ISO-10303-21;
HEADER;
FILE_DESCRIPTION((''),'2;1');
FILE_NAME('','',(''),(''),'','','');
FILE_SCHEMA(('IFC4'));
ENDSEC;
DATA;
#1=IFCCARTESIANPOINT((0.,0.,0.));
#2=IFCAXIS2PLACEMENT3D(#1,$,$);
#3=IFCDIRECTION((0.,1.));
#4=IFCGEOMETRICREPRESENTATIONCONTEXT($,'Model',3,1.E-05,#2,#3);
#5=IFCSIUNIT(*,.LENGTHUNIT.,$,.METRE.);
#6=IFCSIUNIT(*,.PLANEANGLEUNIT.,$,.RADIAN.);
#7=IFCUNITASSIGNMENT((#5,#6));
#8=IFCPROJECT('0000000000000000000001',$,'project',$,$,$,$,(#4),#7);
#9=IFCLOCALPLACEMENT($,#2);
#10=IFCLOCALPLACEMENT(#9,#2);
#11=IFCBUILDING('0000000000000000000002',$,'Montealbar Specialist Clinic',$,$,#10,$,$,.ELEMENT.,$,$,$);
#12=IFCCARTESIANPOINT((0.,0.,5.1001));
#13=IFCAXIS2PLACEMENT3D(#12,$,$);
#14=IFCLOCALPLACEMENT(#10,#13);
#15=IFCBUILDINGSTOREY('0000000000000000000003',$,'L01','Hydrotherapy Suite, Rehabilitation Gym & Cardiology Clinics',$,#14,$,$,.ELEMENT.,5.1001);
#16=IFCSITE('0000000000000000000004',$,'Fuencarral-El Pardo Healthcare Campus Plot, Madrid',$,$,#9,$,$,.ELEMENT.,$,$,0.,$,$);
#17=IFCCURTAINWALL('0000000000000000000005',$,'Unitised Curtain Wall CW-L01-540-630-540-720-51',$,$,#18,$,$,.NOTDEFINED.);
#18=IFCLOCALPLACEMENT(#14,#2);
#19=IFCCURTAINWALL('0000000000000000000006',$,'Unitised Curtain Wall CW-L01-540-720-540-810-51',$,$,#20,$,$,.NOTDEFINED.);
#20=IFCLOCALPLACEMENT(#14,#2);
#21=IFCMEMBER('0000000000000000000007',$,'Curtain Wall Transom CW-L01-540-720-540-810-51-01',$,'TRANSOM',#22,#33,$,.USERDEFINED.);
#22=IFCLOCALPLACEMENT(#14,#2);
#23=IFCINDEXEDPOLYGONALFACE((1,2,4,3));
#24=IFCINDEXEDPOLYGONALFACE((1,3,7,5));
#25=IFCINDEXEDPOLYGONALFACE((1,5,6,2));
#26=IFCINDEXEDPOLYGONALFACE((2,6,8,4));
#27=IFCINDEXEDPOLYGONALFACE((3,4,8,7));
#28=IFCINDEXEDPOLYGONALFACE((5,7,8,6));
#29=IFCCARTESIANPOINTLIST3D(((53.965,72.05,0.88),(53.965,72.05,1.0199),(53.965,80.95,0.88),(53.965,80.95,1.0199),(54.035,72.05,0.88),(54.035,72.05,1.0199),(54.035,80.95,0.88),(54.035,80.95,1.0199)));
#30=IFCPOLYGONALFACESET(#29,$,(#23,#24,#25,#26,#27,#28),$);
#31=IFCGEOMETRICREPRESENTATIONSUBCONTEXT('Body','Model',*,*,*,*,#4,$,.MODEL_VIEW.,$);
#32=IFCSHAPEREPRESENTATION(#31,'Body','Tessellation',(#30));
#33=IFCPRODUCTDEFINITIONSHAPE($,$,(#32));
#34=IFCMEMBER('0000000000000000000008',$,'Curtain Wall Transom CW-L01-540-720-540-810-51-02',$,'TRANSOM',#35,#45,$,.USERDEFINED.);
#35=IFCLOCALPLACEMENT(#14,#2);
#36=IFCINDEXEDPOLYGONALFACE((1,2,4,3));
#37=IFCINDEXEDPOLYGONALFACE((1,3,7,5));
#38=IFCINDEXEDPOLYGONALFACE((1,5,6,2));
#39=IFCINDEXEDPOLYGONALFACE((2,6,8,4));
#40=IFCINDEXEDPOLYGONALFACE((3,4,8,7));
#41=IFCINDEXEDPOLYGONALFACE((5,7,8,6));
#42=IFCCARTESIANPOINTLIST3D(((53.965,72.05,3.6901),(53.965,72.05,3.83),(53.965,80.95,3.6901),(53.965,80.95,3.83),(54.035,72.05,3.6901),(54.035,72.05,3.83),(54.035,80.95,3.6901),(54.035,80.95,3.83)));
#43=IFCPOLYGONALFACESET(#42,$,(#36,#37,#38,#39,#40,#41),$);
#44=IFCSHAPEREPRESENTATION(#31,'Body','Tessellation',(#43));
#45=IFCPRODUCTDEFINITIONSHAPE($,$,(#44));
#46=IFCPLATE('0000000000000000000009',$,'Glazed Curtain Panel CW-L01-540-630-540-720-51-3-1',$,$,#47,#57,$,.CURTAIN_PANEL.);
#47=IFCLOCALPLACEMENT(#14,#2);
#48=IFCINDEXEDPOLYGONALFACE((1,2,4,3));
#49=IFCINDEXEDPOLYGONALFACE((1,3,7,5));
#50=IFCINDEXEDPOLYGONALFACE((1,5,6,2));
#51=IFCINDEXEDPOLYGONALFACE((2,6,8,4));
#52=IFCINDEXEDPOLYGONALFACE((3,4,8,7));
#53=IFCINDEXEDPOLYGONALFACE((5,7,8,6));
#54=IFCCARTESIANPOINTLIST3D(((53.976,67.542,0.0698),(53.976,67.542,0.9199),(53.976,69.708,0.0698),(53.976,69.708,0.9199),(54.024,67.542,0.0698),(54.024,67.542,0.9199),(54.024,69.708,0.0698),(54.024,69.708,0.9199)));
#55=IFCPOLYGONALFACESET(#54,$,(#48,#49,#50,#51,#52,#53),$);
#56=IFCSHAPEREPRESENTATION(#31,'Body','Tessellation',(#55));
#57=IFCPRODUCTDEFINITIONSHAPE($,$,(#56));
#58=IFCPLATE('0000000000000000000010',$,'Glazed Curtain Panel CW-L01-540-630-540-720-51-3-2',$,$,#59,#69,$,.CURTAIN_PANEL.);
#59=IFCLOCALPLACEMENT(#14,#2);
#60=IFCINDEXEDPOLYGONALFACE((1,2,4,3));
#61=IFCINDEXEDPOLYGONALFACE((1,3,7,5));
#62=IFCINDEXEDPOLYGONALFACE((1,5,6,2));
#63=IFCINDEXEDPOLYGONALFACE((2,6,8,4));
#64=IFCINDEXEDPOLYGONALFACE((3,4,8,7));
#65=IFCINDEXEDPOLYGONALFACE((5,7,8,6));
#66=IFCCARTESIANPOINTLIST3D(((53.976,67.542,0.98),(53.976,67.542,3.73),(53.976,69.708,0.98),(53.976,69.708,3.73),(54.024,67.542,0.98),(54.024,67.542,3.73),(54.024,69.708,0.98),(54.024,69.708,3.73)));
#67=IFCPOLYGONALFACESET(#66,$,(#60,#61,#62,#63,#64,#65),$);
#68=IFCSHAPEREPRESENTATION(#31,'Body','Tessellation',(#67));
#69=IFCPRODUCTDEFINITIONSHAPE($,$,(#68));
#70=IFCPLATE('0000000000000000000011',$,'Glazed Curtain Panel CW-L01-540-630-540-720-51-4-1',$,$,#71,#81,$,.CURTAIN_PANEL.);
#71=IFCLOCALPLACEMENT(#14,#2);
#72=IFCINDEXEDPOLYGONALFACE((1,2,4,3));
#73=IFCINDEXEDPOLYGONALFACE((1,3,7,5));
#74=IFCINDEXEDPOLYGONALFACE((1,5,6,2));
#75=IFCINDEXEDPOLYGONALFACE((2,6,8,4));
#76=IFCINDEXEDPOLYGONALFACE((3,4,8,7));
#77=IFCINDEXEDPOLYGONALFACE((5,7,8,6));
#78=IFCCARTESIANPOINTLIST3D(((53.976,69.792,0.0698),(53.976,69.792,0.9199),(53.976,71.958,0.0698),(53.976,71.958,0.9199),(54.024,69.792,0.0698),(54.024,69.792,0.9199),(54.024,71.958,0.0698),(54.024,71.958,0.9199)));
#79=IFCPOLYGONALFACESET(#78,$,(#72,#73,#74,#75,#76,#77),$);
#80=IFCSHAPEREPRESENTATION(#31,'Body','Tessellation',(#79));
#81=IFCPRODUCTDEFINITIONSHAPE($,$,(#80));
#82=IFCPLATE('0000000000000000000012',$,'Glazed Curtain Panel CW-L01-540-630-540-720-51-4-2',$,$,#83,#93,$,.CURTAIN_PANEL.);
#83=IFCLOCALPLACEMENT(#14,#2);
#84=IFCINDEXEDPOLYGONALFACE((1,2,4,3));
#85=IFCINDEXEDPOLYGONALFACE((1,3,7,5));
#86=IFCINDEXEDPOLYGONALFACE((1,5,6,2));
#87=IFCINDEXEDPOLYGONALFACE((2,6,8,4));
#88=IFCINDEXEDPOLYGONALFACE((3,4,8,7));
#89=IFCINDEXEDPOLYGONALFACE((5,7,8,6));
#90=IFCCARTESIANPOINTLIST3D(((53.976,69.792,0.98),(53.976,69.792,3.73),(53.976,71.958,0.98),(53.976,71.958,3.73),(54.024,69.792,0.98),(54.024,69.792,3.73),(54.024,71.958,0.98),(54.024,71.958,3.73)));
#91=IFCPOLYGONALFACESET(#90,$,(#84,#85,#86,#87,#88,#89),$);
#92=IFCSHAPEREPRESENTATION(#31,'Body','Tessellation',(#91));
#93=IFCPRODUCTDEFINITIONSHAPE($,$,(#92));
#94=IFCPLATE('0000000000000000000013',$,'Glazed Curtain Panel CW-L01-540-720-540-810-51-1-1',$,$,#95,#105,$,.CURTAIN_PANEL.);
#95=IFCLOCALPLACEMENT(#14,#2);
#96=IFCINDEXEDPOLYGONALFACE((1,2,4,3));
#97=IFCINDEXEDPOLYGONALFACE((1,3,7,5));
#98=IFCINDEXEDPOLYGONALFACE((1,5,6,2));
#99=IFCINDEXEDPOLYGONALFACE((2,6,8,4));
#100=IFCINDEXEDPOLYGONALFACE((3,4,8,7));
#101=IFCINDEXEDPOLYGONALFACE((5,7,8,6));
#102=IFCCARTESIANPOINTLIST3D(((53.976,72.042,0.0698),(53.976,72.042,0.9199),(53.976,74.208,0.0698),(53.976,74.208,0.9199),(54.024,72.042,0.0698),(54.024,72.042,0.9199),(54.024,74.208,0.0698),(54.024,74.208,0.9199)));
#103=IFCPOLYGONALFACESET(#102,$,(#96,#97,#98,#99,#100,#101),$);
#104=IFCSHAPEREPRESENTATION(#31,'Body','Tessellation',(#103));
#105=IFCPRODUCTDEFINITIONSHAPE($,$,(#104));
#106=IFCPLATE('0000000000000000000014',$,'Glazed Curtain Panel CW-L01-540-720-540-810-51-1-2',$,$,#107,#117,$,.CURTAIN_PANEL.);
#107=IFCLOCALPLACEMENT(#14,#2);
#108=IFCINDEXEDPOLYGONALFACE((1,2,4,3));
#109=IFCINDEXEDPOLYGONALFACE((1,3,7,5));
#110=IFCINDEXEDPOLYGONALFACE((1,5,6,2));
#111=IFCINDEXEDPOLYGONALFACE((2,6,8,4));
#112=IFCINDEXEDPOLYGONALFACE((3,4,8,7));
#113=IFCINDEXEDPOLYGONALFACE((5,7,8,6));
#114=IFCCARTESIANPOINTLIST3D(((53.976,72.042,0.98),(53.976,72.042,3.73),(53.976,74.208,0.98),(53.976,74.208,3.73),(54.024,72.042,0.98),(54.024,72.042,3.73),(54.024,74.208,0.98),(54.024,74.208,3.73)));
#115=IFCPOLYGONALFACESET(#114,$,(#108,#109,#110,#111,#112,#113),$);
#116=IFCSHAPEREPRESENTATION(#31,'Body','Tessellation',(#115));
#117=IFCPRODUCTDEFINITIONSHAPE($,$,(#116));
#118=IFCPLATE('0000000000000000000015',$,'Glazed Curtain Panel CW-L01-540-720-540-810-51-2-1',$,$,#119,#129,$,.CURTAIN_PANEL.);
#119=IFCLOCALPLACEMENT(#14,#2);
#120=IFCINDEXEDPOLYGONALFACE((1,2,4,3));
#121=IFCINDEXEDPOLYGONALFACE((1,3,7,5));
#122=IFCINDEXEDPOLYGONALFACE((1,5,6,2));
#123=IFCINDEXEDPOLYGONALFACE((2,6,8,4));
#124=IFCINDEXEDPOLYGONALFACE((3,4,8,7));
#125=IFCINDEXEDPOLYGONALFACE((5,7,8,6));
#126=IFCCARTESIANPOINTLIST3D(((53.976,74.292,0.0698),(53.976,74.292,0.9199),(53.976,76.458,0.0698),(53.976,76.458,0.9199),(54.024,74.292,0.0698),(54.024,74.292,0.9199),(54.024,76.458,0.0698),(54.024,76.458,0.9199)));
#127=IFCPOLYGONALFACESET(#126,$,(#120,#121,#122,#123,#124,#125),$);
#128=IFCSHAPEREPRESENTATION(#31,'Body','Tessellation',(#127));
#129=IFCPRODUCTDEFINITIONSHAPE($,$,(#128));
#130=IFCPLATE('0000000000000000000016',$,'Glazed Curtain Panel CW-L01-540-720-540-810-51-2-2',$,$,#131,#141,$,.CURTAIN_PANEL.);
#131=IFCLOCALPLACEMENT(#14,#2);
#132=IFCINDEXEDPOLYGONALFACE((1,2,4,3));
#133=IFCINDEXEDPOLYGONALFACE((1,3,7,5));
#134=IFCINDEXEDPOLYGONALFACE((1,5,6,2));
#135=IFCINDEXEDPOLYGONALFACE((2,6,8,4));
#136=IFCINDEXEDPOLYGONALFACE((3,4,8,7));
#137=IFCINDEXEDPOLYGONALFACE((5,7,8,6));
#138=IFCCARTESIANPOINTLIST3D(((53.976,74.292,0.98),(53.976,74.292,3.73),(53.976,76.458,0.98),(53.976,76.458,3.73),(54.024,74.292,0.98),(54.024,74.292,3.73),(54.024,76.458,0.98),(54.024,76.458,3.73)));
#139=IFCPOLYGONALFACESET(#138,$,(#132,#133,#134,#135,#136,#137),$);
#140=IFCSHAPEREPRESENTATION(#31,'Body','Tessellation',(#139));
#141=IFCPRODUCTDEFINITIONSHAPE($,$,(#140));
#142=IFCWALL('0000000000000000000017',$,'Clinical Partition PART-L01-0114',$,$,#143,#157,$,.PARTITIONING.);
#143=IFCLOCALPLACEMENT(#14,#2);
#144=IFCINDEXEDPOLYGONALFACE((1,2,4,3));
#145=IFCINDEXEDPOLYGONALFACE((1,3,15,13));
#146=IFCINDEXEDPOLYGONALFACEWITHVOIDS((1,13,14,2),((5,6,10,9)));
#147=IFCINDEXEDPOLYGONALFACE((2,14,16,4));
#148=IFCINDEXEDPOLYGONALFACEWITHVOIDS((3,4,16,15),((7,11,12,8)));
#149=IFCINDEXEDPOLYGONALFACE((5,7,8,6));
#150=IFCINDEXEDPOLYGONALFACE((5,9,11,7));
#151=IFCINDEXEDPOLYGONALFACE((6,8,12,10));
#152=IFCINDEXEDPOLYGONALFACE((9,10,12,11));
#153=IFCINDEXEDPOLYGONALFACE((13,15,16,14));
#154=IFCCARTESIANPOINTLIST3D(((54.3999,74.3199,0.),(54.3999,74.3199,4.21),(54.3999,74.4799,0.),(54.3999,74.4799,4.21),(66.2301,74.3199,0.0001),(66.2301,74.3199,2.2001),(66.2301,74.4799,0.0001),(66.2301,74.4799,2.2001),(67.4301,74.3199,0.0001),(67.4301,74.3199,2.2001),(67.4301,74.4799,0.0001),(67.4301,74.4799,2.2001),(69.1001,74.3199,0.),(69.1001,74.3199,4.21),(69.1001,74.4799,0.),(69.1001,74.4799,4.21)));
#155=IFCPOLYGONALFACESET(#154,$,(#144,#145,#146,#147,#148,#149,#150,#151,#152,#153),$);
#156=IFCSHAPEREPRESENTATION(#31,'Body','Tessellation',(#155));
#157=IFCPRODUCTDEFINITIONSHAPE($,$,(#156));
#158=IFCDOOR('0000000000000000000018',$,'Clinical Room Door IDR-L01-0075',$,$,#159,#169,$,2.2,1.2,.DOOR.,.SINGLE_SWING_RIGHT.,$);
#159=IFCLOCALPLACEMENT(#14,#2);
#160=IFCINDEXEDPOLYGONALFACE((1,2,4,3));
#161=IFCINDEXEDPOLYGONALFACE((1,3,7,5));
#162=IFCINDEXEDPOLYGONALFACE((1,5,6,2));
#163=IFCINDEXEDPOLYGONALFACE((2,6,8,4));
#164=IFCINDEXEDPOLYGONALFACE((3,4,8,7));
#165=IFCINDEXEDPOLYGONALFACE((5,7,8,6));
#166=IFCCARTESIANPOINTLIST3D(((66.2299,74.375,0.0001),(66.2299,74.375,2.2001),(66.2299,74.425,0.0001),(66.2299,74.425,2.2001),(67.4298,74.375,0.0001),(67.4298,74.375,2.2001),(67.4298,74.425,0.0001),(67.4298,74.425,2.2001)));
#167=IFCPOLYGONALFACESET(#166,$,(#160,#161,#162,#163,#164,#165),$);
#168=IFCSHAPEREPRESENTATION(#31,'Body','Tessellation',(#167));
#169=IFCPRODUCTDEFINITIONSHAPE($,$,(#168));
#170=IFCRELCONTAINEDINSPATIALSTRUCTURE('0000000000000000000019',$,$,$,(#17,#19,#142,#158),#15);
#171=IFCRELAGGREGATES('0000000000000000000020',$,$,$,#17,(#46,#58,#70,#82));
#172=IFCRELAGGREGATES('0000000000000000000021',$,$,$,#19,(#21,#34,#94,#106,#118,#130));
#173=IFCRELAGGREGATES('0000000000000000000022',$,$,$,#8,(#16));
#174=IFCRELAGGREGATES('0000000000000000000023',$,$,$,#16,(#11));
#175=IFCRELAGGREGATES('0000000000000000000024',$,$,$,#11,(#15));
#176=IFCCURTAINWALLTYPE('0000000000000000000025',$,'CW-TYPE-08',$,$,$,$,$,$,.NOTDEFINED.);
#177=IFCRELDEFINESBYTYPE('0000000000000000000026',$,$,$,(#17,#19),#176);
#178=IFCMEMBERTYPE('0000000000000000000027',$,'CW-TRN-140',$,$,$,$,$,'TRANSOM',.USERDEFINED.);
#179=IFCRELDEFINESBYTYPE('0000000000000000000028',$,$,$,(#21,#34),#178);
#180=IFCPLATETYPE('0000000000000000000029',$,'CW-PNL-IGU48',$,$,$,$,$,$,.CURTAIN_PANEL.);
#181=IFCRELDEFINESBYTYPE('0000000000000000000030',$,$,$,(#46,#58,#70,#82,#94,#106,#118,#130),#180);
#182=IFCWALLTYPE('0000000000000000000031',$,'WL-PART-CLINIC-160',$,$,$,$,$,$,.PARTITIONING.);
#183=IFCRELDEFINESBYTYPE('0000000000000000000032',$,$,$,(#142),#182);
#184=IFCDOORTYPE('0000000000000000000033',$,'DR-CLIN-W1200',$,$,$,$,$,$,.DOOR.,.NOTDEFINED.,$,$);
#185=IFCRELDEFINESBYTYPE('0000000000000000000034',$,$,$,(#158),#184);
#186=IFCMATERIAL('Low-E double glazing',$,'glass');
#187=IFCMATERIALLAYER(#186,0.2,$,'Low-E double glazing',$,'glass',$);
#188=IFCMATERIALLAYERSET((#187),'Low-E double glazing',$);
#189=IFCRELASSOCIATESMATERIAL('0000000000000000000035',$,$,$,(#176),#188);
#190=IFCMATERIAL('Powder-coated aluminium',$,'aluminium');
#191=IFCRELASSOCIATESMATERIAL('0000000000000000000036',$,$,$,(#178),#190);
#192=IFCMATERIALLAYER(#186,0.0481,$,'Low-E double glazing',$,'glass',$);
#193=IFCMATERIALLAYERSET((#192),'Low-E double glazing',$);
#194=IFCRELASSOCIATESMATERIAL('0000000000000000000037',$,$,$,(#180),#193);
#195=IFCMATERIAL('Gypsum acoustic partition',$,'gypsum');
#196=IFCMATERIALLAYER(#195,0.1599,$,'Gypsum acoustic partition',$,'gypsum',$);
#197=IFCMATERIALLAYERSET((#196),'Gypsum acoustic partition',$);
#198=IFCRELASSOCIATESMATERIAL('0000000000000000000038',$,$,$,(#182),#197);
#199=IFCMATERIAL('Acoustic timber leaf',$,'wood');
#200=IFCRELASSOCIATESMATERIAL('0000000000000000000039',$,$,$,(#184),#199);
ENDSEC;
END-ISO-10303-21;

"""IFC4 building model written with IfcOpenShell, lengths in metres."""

from ifc_helpers import new_model, si_unit, direction, frame, frame_2d, origin, origin_2d, place, context, subcontext, project, spatial, rectangle, extrude, material, layer, layer_set, material_profile, profile_set, type_object, element, fill, aggregate, save


model = new_model("IFC4")

# Units and contexts
model_context = context("Model", 3, precision=1e-05, world=origin(), true_north=direction((0.0, 1.0)))
body_context = subcontext(model_context, "Body", "Model", "MODEL_VIEW")
ifc_project = project(units=[si_unit("LENGTHUNIT", "METRE"), si_unit("PLANEANGLEUNIT", "RADIAN")], contexts=[model_context])

# Site, building, storey
site_placement = place(None, origin())
site = spatial("IfcSite", under=ifc_project, at=site_placement, Name="Fuencarral-El Pardo Healthcare Campus Plot, Madrid", CompositionType="ELEMENT", RefElevation=0.0)
building_placement = place(site_placement, origin())
building = spatial("IfcBuilding", under=site, at=building_placement, Name="Montealbar Specialist Clinic", CompositionType="ELEMENT")
storey_placement = place(building_placement, frame((0.0, 0.0, 5.1001)))
storey = spatial("IfcBuildingStorey", under=building, at=storey_placement, Name="L01", Description="Hydrotherapy Suite, Rehabilitation Gym & Cardiology Clinics", CompositionType="ELEMENT", Elevation=5.1001)

# Curtain walls, members
ifc_material_1 = material(Name="Low-E double glazing", Category="glass")
ifc_layer_1 = layer(ifc_material_1, 0.2, Name="Low-E double glazing", Category="glass")
ifc_layer_set_1 = layer_set([ifc_layer_1], Name="Low-E double glazing")
curtain_wall_type = type_object("IfcCurtainWallType", Name="CW-TYPE-08", PredefinedType="NOTDEFINED", material=ifc_layer_set_1)
curtain_wall_1_placement = place(storey_placement, origin())
curtain_wall_1 = element("IfcCurtainWall", 1, at=curtain_wall_1_placement, inside=storey, type_object=curtain_wall_type, Name="Unitised Curtain Wall CW-L01-540-630-540-720-51", PredefinedType="NOTDEFINED")
curtain_wall_2_placement = place(storey_placement, origin())
curtain_wall_2 = element("IfcCurtainWall", 2, at=curtain_wall_2_placement, inside=storey, type_object=curtain_wall_type, Name="Unitised Curtain Wall CW-L01-540-720-540-810-51", PredefinedType="NOTDEFINED")
ifc_material_2 = material(Name="Powder-coated aluminium", Category="aluminium")
ifc_material_profile_1 = material_profile(ifc_material_2, rectangle(XDim=0.0701, YDim=0.1399, at=origin_2d()), Name="ALU 70x140", Category="aluminium")
ifc_profile_set_1 = profile_set([ifc_material_profile_1], Name="Powder-coated aluminium")
member_type_1 = type_object("IfcMemberType", Name="CW-TRN-140", ElementType="TRANSOM", PredefinedType="USERDEFINED", material=ifc_profile_set_1)
member_1_placement = place(storey_placement, frame((54.0, 72.05, 0.95), z_axis=(0.0, 1.0, 0.0), x_axis=(-1.0, 0.0, 0.0)))
member_1 = element("IfcMember", 3, at=member_1_placement, type_object=member_type_1, Name="Curtain Wall Transom CW-L01-540-720-540-810-51-01", ObjectType="TRANSOM", PredefinedType="USERDEFINED", context=body_context, shape_type="SweptSolid", body=[
    extrude(rectangle(XDim=0.0701, YDim=0.1399, at=origin_2d()), origin(), (0.0, 0.0, 1.0), 8.8999),
])
member_2_placement = place(storey_placement, frame((54.0, 72.05, 3.76), z_axis=(0.0, 1.0, 0.0), x_axis=(-1.0, 0.0, 0.0)))
member_2 = element("IfcMember", 4, at=member_2_placement, type_object=member_type_1, Name="Curtain Wall Transom CW-L01-540-720-540-810-51-02", ObjectType="TRANSOM", PredefinedType="USERDEFINED", context=body_context, shape_type="SweptSolid", body=[
    extrude(rectangle(XDim=0.0701, YDim=0.1399, at=origin_2d()), origin(), (0.0, 0.0, 1.0), 8.8999),
])

# Plates
ifc_layer_2 = layer(ifc_material_1, 0.0481, Name="Low-E double glazing", Category="glass")
ifc_layer_set_2 = layer_set([ifc_layer_2], Name="Low-E double glazing")
plate_type = type_object("IfcPlateType", Name="CW-PNL-IGU48", PredefinedType="CURTAIN_PANEL", material=ifc_layer_set_2)
plate_1_placement = place(storey_placement, frame((54.0, 68.625, 0.0698), z_axis=(0.0, 0.0, 1.0), x_axis=(0.0, 1.0, 0.0)))
plate_1 = element("IfcPlate", 5, at=plate_1_placement, type_object=plate_type, Name="Glazed Curtain Panel CW-L01-540-630-540-720-51-3-1", PredefinedType="CURTAIN_PANEL", context=body_context, shape_type="SweptSolid", body=[
    extrude(rectangle(XDim=2.166, YDim=0.0481, at=origin_2d()), origin(), (0.0, 0.0, 1.0), 0.8501),
])
plate_2_placement = place(storey_placement, frame((54.0, 68.625, 0.98), z_axis=(0.0, 0.0, 1.0), x_axis=(0.0, 1.0, 0.0)))
plate_2 = element("IfcPlate", 6, at=plate_2_placement, type_object=plate_type, Name="Glazed Curtain Panel CW-L01-540-630-540-720-51-3-2", PredefinedType="CURTAIN_PANEL", context=body_context, shape_type="SweptSolid", body=[
    extrude(rectangle(XDim=2.166, YDim=0.0481, at=origin_2d()), origin(), (0.0, 0.0, 1.0), 2.75),
])
plate_3_placement = place(storey_placement, frame((54.0, 70.875, 0.0698), z_axis=(0.0, 0.0, 1.0), x_axis=(0.0, 1.0, 0.0)))
plate_3 = element("IfcPlate", 7, at=plate_3_placement, type_object=plate_type, Name="Glazed Curtain Panel CW-L01-540-630-540-720-51-4-1", PredefinedType="CURTAIN_PANEL", context=body_context, shape_type="SweptSolid", body=[
    extrude(rectangle(XDim=2.166, YDim=0.0481, at=origin_2d()), origin(), (0.0, 0.0, 1.0), 0.8501),
])
plate_4_placement = place(storey_placement, frame((54.0, 70.875, 0.98), z_axis=(0.0, 0.0, 1.0), x_axis=(0.0, 1.0, 0.0)))
plate_4 = element("IfcPlate", 8, at=plate_4_placement, type_object=plate_type, Name="Glazed Curtain Panel CW-L01-540-630-540-720-51-4-2", PredefinedType="CURTAIN_PANEL", context=body_context, shape_type="SweptSolid", body=[
    extrude(rectangle(XDim=2.166, YDim=0.0481, at=origin_2d()), origin(), (0.0, 0.0, 1.0), 2.75),
])
aggregate(curtain_wall_1, [plate_1, plate_2, plate_3, plate_4])
plate_5_placement = place(storey_placement, frame((54.0, 73.125, 0.0698), z_axis=(0.0, 0.0, 1.0), x_axis=(0.0, 1.0, 0.0)))
plate_5 = element("IfcPlate", 9, at=plate_5_placement, type_object=plate_type, Name="Glazed Curtain Panel CW-L01-540-720-540-810-51-1-1", PredefinedType="CURTAIN_PANEL", context=body_context, shape_type="SweptSolid", body=[
    extrude(rectangle(XDim=2.166, YDim=0.0481, at=origin_2d()), origin(), (0.0, 0.0, 1.0), 0.8501),
])
plate_6_placement = place(storey_placement, frame((54.0, 73.125, 0.98), z_axis=(0.0, 0.0, 1.0), x_axis=(0.0, 1.0, 0.0)))
plate_6 = element("IfcPlate", 10, at=plate_6_placement, type_object=plate_type, Name="Glazed Curtain Panel CW-L01-540-720-540-810-51-1-2", PredefinedType="CURTAIN_PANEL", context=body_context, shape_type="SweptSolid", body=[
    extrude(rectangle(XDim=2.166, YDim=0.0481, at=origin_2d()), origin(), (0.0, 0.0, 1.0), 2.75),
])
plate_7_placement = place(storey_placement, frame((54.0, 75.375, 0.0698), z_axis=(0.0, 0.0, 1.0), x_axis=(0.0, 1.0, 0.0)))
plate_7 = element("IfcPlate", 11, at=plate_7_placement, type_object=plate_type, Name="Glazed Curtain Panel CW-L01-540-720-540-810-51-2-1", PredefinedType="CURTAIN_PANEL", context=body_context, shape_type="SweptSolid", body=[
    extrude(rectangle(XDim=2.166, YDim=0.0481, at=origin_2d()), origin(), (0.0, 0.0, 1.0), 0.8501),
])
plate_8_placement = place(storey_placement, frame((54.0, 75.375, 0.98), z_axis=(0.0, 0.0, 1.0), x_axis=(0.0, 1.0, 0.0)))
plate_8 = element("IfcPlate", 12, at=plate_8_placement, type_object=plate_type, Name="Glazed Curtain Panel CW-L01-540-720-540-810-51-2-2", PredefinedType="CURTAIN_PANEL", context=body_context, shape_type="SweptSolid", body=[
    extrude(rectangle(XDim=2.166, YDim=0.0481, at=origin_2d()), origin(), (0.0, 0.0, 1.0), 2.75),
])
aggregate(curtain_wall_2, [member_1, member_2, plate_5, plate_6, plate_7, plate_8])

# Wall, opening, door
ifc_material_3 = material(Name="Gypsum acoustic partition", Category="gypsum")
ifc_layer_3 = layer(ifc_material_3, 0.1599, Name="Gypsum acoustic partition", Category="gypsum")
ifc_layer_set_3 = layer_set([ifc_layer_3], Name="Gypsum acoustic partition")
wall_type = type_object("IfcWallType", Name="WL-PART-CLINIC-160", PredefinedType="PARTITIONING", material=ifc_layer_set_3)
wall_placement = place(storey_placement, frame((54.3999, 74.3999, 0.0), z_axis=(0.0, 0.0, 1.0), x_axis=(1.0, 0.0, 0.0)))
wall = element("IfcWall", 13, at=wall_placement, inside=storey, type_object=wall_type, Name="Clinical Partition PART-L01-0114", PredefinedType="PARTITIONING", context=body_context, shape_type="SweptSolid", body=[
    extrude(rectangle(XDim=14.7002, YDim=0.1599, at=frame_2d((7.3501, 0.0))), origin(), (0.0, 0.0, 1.0), 4.21),
])
opening_placement = place(wall_placement, frame((11.8301, 0.0, 0.0)))
opening = element("IfcOpeningElement", 14, at=opening_placement, cuts=wall, PredefinedType="OPENING", context=body_context, shape_type="SweptSolid", body=[
    extrude(rectangle(XDim=1.2, YDim=2.2, at=frame_2d((0.6001, 1.1001))), frame((0.0, 0.0898, 0.0), z_axis=(0.0, -1.0, 0.0), x_axis=(1.0, 0.0, 0.0)), (0.0, 0.0, 1.0), 0.1799),
])
ifc_material_4 = material(Name="Acoustic timber leaf", Category="wood")
door_type = type_object("IfcDoorType", Name="DR-CLIN-W1200", OperationType="NOTDEFINED", PredefinedType="DOOR", material=ifc_material_4)
door_placement = place(opening_placement, frame((1.2, 0.0, 0.0), z_axis=(0.0, 0.0, 1.0), x_axis=(-1.0, 0.0, 0.0)))
door = element("IfcDoor", 15, at=door_placement, inside=storey, type_object=door_type, Name="Clinical Room Door IDR-L01-0075", OperationType="SINGLE_SWING_RIGHT", OverallHeight=2.2, OverallWidth=1.2, PredefinedType="DOOR", context=body_context, shape_type="SweptSolid", body=[
    extrude(rectangle(XDim=1.2, YDim=2.2, at=frame_2d((0.6001, 1.1001))), frame((0.0, 0.0249, 0.0), z_axis=(0.0, -1.0, 0.0), x_axis=(1.0, 0.0, 0.0)), (0.0, 0.0, 1.0), 0.05),
])
fill(opening, door)

save(model, "model.ifc")
